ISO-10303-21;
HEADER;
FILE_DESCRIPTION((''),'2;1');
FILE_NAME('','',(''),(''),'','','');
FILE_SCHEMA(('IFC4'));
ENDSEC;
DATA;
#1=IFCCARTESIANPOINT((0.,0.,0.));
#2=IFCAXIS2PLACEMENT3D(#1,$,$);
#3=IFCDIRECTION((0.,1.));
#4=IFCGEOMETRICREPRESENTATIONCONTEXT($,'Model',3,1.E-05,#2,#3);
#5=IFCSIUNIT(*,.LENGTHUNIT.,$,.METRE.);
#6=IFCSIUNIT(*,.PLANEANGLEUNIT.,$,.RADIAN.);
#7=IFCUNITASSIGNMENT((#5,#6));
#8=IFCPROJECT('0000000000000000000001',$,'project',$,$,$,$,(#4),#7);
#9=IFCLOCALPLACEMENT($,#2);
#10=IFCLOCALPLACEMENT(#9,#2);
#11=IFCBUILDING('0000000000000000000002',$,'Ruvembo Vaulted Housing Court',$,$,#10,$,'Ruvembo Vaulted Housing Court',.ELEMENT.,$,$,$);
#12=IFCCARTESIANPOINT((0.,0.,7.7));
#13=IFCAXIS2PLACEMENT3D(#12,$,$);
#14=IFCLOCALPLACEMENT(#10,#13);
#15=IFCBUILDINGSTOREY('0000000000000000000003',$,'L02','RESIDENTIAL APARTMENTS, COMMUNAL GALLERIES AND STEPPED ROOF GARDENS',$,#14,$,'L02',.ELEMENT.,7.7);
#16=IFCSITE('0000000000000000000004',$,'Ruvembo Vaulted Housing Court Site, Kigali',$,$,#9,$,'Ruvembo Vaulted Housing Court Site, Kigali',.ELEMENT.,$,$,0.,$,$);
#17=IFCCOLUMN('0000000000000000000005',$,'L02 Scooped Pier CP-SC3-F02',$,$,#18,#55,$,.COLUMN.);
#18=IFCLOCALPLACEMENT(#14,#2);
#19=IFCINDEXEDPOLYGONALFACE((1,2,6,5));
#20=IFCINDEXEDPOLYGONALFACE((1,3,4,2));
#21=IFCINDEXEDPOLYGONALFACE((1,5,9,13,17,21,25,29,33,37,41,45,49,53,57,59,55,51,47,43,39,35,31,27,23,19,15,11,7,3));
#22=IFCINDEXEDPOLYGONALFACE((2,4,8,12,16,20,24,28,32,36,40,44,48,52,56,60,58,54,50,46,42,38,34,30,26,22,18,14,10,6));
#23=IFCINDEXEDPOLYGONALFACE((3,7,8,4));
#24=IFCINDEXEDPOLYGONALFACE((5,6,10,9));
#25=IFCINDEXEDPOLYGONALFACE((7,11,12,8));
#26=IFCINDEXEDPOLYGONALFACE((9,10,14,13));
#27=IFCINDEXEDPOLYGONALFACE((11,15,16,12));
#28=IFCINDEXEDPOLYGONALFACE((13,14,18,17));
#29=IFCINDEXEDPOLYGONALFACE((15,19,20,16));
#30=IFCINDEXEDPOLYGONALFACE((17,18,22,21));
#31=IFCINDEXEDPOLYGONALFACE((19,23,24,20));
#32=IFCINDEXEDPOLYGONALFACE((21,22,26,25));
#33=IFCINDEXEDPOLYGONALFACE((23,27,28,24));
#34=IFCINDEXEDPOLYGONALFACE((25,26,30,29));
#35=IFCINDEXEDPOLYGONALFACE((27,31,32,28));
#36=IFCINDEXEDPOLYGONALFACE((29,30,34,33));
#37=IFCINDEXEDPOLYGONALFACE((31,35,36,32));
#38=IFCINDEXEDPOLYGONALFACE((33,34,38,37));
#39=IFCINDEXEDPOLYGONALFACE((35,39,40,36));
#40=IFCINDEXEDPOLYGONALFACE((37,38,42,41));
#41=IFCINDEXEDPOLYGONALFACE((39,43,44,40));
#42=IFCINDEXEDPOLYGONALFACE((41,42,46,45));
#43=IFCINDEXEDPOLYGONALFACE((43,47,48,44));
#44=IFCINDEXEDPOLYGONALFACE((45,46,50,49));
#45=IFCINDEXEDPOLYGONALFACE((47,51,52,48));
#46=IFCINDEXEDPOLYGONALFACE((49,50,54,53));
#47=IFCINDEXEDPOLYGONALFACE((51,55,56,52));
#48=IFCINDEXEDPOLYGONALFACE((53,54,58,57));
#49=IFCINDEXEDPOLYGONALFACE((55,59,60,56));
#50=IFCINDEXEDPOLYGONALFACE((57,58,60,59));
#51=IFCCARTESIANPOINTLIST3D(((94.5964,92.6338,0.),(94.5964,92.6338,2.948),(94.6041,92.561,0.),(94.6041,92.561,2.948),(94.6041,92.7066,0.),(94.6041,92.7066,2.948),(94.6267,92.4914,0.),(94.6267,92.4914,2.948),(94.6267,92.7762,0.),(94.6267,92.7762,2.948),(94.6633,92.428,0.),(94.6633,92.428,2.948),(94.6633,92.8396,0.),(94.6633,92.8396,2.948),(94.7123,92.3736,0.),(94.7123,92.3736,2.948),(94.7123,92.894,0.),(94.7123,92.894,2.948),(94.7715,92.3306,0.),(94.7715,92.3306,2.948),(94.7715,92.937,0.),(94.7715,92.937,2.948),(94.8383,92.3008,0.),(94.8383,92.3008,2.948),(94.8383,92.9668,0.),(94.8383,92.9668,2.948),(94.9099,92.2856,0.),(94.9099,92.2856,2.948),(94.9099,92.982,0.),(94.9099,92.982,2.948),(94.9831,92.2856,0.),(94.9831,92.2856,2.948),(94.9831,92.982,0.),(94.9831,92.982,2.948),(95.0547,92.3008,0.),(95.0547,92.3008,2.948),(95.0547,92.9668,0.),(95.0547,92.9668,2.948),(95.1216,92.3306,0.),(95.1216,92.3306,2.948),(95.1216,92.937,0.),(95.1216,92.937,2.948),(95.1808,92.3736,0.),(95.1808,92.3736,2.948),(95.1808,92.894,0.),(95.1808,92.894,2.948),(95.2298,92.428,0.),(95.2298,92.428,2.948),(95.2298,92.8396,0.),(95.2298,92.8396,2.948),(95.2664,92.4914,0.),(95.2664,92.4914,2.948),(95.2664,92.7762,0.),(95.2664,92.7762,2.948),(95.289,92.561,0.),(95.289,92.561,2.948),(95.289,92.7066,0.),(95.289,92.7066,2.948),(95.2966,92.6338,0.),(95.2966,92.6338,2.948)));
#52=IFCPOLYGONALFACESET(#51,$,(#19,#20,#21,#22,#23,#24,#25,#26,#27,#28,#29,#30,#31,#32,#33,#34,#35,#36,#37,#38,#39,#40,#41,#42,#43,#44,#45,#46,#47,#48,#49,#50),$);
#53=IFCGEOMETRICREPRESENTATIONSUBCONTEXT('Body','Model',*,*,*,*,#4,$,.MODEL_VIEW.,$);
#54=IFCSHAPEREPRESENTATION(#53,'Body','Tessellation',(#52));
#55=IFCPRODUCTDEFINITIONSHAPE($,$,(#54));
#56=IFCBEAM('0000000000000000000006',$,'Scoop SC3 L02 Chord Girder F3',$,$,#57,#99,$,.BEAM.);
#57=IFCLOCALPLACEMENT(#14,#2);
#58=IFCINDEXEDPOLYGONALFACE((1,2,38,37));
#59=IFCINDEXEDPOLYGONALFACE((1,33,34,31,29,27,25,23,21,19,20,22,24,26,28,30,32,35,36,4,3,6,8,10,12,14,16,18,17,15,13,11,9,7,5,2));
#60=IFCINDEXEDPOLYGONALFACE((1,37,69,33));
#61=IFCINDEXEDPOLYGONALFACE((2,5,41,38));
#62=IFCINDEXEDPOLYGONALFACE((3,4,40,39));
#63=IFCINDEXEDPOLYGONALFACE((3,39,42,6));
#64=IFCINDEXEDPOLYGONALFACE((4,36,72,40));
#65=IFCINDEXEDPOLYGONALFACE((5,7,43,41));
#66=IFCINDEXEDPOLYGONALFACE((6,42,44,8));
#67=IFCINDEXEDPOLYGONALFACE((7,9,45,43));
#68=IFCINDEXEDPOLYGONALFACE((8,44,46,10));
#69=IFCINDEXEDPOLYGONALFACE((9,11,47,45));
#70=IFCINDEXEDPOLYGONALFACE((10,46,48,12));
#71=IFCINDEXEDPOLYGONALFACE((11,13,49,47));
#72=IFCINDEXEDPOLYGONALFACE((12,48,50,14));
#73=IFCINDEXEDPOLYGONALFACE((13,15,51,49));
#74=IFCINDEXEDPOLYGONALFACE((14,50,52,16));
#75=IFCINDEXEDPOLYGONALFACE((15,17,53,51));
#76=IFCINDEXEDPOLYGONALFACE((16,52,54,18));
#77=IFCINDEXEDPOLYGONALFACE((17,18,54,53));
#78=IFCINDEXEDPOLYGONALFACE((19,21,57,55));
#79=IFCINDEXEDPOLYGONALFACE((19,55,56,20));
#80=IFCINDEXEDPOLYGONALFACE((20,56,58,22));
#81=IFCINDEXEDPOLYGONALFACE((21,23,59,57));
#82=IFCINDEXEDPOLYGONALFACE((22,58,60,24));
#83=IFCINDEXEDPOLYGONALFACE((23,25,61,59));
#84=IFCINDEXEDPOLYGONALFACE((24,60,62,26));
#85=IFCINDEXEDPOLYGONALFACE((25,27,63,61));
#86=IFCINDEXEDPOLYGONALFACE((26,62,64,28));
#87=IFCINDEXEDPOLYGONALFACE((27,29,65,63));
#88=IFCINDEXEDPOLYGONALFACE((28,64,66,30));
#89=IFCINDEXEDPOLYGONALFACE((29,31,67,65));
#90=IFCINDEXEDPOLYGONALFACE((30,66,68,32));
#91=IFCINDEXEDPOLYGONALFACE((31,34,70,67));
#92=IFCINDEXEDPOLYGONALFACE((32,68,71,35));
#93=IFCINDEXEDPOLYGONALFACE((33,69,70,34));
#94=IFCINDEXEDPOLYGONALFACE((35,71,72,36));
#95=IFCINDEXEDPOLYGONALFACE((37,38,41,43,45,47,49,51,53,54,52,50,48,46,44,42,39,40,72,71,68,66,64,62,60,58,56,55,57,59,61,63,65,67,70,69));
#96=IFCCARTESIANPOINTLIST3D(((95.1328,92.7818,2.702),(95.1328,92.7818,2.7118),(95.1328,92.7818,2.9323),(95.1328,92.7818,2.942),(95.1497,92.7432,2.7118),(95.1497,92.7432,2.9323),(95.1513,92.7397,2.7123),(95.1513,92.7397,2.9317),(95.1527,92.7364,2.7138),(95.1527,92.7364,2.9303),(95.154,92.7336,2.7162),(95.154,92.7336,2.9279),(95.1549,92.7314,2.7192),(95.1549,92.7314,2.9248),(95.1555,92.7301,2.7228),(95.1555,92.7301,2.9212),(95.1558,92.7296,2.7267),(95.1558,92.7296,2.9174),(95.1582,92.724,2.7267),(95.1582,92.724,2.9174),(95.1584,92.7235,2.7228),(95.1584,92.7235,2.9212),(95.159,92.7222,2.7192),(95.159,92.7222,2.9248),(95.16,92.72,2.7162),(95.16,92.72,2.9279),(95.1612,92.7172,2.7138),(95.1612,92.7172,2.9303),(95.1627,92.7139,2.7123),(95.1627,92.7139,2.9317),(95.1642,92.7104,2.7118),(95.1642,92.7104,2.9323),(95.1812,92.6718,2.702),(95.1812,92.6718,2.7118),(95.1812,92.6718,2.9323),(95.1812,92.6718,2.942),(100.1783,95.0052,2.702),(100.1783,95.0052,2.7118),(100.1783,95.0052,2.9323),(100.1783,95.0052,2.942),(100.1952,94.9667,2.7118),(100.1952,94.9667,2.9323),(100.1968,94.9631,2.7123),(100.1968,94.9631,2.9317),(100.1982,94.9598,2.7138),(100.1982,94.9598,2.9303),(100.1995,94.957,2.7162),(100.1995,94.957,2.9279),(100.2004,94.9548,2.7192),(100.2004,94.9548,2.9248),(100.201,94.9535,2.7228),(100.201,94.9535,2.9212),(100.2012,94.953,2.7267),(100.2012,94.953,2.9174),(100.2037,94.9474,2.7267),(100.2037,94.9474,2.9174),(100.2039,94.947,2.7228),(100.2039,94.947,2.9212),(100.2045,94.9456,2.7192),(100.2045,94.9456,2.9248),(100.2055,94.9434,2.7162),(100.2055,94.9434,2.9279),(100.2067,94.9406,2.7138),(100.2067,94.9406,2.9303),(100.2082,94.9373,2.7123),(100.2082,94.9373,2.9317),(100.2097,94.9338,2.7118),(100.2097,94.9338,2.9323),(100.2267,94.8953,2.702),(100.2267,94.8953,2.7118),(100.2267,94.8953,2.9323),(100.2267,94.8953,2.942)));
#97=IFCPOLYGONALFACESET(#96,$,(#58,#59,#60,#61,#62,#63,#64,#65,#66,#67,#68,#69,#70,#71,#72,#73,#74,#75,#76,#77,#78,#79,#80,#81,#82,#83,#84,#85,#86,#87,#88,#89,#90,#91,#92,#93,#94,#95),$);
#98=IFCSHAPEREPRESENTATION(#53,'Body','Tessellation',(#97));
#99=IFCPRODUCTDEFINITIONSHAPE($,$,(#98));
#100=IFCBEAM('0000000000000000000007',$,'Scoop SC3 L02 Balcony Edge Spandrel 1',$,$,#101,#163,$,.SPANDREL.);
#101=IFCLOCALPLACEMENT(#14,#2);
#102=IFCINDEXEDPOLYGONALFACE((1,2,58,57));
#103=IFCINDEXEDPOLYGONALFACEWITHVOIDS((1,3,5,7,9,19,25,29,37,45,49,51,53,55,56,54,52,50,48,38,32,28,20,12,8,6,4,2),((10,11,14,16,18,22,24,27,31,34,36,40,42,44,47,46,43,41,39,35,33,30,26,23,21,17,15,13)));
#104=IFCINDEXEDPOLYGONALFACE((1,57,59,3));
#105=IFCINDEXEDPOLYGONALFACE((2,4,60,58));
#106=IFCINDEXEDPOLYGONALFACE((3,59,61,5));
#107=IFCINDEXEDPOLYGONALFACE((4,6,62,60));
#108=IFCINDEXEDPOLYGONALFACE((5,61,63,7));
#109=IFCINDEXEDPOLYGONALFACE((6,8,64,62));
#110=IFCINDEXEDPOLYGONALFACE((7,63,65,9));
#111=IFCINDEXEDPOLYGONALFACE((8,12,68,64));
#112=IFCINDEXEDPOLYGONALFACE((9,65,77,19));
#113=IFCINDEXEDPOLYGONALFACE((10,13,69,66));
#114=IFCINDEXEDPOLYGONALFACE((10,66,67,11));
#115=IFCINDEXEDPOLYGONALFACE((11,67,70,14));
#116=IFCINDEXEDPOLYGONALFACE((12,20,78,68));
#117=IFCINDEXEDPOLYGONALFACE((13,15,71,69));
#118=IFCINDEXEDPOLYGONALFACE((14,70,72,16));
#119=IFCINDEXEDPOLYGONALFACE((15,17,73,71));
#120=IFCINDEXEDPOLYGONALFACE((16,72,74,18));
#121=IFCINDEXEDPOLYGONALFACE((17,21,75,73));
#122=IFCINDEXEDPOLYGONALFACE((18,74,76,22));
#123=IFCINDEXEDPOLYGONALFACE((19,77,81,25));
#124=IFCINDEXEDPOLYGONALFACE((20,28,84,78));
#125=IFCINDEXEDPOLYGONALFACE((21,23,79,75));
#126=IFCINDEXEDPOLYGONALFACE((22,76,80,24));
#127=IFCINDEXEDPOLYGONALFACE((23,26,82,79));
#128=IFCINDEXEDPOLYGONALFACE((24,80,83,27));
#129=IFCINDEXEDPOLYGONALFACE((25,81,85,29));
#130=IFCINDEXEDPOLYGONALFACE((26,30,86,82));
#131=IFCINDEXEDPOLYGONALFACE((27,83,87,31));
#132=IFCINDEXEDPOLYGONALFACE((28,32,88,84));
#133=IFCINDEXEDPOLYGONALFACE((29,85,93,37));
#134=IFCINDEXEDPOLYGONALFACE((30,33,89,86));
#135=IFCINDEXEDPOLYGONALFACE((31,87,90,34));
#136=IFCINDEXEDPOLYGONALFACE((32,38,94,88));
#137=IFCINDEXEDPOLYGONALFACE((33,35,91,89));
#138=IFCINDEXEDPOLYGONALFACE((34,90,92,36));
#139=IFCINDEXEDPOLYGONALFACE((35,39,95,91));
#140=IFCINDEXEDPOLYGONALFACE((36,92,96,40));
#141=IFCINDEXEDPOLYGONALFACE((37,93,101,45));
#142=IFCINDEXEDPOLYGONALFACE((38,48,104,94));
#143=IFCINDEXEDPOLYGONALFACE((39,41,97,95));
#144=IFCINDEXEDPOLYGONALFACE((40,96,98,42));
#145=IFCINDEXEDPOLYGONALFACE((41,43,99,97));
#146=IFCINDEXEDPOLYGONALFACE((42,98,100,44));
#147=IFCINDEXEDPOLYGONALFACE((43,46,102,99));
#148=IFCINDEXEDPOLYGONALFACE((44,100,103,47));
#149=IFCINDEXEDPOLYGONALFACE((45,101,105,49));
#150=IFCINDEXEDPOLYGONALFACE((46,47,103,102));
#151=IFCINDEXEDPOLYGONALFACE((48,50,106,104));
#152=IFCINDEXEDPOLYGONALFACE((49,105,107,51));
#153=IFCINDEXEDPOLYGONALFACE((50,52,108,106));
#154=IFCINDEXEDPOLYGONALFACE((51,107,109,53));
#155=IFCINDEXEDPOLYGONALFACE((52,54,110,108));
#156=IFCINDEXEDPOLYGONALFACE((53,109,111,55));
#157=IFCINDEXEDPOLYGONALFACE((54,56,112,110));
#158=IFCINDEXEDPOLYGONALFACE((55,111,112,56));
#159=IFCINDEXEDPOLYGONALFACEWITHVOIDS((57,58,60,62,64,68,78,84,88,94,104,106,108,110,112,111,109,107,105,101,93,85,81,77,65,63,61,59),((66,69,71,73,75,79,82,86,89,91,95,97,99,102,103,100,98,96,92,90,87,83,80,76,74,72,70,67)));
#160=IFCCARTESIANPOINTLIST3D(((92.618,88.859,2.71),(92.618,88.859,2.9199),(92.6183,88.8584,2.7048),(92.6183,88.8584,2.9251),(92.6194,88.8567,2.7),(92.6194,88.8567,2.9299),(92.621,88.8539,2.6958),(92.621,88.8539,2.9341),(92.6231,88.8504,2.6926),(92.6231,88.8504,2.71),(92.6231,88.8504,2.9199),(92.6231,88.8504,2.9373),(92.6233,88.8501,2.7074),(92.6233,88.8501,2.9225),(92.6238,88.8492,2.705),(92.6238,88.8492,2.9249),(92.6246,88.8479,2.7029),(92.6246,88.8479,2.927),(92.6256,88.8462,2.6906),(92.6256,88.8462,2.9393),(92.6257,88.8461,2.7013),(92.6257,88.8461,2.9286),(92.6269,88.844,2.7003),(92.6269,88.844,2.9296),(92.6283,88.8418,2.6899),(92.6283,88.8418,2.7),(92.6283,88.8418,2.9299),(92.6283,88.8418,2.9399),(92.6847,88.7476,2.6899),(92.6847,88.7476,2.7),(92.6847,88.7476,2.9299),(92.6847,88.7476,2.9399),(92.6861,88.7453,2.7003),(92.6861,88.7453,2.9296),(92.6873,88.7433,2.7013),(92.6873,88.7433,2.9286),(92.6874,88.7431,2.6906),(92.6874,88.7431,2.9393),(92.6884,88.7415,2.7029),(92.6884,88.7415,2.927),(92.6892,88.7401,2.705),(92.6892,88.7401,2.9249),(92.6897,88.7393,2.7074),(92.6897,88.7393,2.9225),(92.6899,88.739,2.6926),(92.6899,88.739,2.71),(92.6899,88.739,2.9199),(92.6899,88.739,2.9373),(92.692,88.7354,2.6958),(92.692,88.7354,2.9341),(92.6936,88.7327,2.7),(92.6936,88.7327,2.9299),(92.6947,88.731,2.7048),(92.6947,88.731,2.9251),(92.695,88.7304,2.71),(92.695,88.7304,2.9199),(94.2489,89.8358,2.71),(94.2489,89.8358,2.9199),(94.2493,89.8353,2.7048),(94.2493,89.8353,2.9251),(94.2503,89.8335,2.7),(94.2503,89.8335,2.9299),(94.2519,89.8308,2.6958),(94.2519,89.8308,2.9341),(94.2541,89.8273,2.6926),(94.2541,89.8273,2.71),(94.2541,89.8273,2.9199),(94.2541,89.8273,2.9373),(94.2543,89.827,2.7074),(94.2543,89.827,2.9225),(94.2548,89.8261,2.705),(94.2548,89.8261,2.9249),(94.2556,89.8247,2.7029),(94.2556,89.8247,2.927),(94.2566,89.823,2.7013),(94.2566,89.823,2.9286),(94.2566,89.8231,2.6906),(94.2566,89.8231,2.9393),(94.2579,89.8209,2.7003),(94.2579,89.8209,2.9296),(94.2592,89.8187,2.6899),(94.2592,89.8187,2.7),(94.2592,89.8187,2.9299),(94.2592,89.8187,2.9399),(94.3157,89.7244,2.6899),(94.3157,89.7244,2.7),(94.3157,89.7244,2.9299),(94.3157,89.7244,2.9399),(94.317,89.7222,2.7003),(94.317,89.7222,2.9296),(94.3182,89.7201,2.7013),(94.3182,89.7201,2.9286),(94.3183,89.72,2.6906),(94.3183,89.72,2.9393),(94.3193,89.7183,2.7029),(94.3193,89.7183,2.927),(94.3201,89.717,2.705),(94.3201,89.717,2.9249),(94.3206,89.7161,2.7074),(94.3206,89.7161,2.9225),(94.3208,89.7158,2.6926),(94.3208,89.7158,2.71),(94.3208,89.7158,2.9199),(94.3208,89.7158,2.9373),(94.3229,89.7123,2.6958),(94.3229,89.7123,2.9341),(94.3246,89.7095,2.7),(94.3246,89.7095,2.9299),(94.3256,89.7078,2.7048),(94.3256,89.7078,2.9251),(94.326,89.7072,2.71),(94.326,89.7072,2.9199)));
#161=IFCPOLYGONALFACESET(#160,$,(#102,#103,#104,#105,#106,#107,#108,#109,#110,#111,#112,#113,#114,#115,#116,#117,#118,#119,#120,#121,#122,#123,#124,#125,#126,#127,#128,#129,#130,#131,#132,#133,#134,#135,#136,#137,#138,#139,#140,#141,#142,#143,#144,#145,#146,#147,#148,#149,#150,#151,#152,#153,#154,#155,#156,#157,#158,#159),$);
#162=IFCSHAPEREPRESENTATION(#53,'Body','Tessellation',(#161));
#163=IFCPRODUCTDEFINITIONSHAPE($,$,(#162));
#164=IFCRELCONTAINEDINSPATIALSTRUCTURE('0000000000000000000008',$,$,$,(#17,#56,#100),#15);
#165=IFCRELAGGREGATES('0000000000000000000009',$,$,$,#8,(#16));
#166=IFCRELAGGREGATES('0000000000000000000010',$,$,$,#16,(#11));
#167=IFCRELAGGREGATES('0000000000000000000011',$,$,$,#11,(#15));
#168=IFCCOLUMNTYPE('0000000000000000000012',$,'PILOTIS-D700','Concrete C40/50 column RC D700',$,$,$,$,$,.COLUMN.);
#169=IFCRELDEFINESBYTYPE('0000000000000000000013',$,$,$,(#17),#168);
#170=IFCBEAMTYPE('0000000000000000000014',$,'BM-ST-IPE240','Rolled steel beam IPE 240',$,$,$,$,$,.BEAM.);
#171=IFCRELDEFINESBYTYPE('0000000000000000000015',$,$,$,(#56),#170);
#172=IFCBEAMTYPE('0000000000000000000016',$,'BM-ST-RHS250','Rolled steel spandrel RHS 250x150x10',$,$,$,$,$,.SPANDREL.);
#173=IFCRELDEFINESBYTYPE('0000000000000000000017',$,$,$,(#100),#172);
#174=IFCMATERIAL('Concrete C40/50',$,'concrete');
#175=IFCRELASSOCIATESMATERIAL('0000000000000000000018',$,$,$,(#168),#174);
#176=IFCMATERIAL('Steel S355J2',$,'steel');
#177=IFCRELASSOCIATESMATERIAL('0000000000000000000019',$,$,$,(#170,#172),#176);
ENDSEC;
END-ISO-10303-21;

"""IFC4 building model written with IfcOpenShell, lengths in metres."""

from ifc_helpers import new_model, si_unit, direction, frame, origin, origin_2d, place, context, subcontext, project, spatial, hollow_rectangle, circle, i_section, extrude, material, material_profile, profile_set, type_object, element, save


model = new_model("IFC4")

# Units and contexts
model_context = context("Model", 3, precision=1e-05, world=origin(), true_north=direction((0.0, 1.0)))
body_context = subcontext(model_context, "Body", "Model", "MODEL_VIEW")
ifc_project = project(units=[si_unit("LENGTHUNIT", "METRE"), si_unit("PLANEANGLEUNIT", "RADIAN")], contexts=[model_context])

# Site, building, storey
site_placement = place(None, origin())
site = spatial("IfcSite", under=ifc_project, at=site_placement, Name="Ruvembo Vaulted Housing Court Site, Kigali", LongName="Ruvembo Vaulted Housing Court Site, Kigali", CompositionType="ELEMENT", RefElevation=0.0)
building_placement = place(site_placement, origin())
building = spatial("IfcBuilding", under=site, at=building_placement, Name="Ruvembo Vaulted Housing Court", LongName="Ruvembo Vaulted Housing Court", CompositionType="ELEMENT")
storey_placement = place(building_placement, frame((0.0, 0.0, 7.7)))
storey = spatial("IfcBuildingStorey", under=building, at=storey_placement, Name="L02", Description="RESIDENTIAL APARTMENTS, COMMUNAL GALLERIES AND STEPPED ROOF GARDENS", LongName="L02", CompositionType="ELEMENT", Elevation=7.7)

# Column
ifc_material_1 = material(Name="Concrete C40/50", Category="concrete")
ifc_material_profile_1 = material_profile(ifc_material_1, circle(Radius=0.3501, at=origin_2d()), Name="RC D700")
ifc_profile_set_1 = profile_set([ifc_material_profile_1], Name="Concrete C40/50")
column_type = type_object("IfcColumnType", Name="PILOTIS-D700", Description="Concrete C40/50 column RC D700", PredefinedType="COLUMN", material=ifc_profile_set_1)
column_placement = place(storey_placement, frame((94.9465, 92.6338, 0.0), z_axis=(0.0, 0.0, 1.0), x_axis=(1.0, 0.0, 0.0)))
element("IfcColumn", 1, at=column_placement, inside=storey, type_object=column_type, Name="L02 Scooped Pier CP-SC3-F02", PredefinedType="COLUMN", context=body_context, shape_type="SweptSolid", body=[
    extrude(circle(Radius=0.3501, at=origin_2d()), origin(), (0.0, 0.0, 1.0), 2.948),
])

# Beams
ifc_material_2 = material(Name="Steel S355J2", Category="steel")
ifc_material_profile_2 = material_profile(ifc_material_2, i_section(OverallWidth=0.1201, OverallDepth=0.24, WebThickness=0.0061, FlangeThickness=0.0098, FilletRadius=0.0149, at=origin_2d()), Name="IPE 240")
ifc_profile_set_2 = profile_set([ifc_material_profile_2], Name="Steel S355J2")
beam_type_1 = type_object("IfcBeamType", Name="BM-ST-IPE240", Description="Rolled steel beam IPE 240", PredefinedType="BEAM", material=ifc_profile_set_2)
beam_placement = place(storey_placement, frame((95.157, 92.7268, 2.822), z_axis=(0.915087, 0.403256, 0.0), x_axis=(-0.403256, 0.915087, 0.0)))
element("IfcBeam", 2, at=beam_placement, inside=storey, type_object=beam_type_1, Name="Scoop SC3 L02 Chord Girder F3", PredefinedType="BEAM", context=body_context, shape_type="SweptSolid", body=[
    extrude(i_section(OverallWidth=0.1201, OverallDepth=0.24, WebThickness=0.0061, FlangeThickness=0.0098, FilletRadius=0.0149, at=origin_2d()), origin(), (0.0, 0.0, 1.0), 5.5137),
])
ifc_material_profile_3 = material_profile(ifc_material_2, hollow_rectangle(XDim=0.1499, YDim=0.25, WallThickness=0.01, InnerFilletRadius=0.01, OuterFilletRadius=0.02, at=origin_2d()), Name="RHS 250x150x10")
ifc_profile_set_3 = profile_set([ifc_material_profile_3], Name="Steel S355J2")
beam_type_2 = type_object("IfcBeamType", Name="BM-ST-RHS250", Description="Rolled steel spandrel RHS 250x150x10", PredefinedType="SPANDREL", material=ifc_profile_set_3)
for number, where, z_axis, x_axis, name in (
    (3, (92.6565, 88.7947, 2.8149), (0.857889, 0.513835, 0.0), (-0.513835, 0.857889, 0.0), "Scoop SC3 L02 Balcony Edge Spandrel 1"),
):
    element("IfcBeam", number, at=place(storey_placement, frame(where, z_axis=z_axis, x_axis=x_axis)), inside=storey, type_object=beam_type_2, Name=name, PredefinedType="SPANDREL", context=body_context, shape_type="SweptSolid", body=[
        extrude(hollow_rectangle(XDim=0.1499, YDim=0.25, WallThickness=0.01, InnerFilletRadius=0.01, OuterFilletRadius=0.02, at=origin_2d()), origin(), (0.0, 0.0, 1.0), 1.9011),
    ])

save(model, "model.ifc")
